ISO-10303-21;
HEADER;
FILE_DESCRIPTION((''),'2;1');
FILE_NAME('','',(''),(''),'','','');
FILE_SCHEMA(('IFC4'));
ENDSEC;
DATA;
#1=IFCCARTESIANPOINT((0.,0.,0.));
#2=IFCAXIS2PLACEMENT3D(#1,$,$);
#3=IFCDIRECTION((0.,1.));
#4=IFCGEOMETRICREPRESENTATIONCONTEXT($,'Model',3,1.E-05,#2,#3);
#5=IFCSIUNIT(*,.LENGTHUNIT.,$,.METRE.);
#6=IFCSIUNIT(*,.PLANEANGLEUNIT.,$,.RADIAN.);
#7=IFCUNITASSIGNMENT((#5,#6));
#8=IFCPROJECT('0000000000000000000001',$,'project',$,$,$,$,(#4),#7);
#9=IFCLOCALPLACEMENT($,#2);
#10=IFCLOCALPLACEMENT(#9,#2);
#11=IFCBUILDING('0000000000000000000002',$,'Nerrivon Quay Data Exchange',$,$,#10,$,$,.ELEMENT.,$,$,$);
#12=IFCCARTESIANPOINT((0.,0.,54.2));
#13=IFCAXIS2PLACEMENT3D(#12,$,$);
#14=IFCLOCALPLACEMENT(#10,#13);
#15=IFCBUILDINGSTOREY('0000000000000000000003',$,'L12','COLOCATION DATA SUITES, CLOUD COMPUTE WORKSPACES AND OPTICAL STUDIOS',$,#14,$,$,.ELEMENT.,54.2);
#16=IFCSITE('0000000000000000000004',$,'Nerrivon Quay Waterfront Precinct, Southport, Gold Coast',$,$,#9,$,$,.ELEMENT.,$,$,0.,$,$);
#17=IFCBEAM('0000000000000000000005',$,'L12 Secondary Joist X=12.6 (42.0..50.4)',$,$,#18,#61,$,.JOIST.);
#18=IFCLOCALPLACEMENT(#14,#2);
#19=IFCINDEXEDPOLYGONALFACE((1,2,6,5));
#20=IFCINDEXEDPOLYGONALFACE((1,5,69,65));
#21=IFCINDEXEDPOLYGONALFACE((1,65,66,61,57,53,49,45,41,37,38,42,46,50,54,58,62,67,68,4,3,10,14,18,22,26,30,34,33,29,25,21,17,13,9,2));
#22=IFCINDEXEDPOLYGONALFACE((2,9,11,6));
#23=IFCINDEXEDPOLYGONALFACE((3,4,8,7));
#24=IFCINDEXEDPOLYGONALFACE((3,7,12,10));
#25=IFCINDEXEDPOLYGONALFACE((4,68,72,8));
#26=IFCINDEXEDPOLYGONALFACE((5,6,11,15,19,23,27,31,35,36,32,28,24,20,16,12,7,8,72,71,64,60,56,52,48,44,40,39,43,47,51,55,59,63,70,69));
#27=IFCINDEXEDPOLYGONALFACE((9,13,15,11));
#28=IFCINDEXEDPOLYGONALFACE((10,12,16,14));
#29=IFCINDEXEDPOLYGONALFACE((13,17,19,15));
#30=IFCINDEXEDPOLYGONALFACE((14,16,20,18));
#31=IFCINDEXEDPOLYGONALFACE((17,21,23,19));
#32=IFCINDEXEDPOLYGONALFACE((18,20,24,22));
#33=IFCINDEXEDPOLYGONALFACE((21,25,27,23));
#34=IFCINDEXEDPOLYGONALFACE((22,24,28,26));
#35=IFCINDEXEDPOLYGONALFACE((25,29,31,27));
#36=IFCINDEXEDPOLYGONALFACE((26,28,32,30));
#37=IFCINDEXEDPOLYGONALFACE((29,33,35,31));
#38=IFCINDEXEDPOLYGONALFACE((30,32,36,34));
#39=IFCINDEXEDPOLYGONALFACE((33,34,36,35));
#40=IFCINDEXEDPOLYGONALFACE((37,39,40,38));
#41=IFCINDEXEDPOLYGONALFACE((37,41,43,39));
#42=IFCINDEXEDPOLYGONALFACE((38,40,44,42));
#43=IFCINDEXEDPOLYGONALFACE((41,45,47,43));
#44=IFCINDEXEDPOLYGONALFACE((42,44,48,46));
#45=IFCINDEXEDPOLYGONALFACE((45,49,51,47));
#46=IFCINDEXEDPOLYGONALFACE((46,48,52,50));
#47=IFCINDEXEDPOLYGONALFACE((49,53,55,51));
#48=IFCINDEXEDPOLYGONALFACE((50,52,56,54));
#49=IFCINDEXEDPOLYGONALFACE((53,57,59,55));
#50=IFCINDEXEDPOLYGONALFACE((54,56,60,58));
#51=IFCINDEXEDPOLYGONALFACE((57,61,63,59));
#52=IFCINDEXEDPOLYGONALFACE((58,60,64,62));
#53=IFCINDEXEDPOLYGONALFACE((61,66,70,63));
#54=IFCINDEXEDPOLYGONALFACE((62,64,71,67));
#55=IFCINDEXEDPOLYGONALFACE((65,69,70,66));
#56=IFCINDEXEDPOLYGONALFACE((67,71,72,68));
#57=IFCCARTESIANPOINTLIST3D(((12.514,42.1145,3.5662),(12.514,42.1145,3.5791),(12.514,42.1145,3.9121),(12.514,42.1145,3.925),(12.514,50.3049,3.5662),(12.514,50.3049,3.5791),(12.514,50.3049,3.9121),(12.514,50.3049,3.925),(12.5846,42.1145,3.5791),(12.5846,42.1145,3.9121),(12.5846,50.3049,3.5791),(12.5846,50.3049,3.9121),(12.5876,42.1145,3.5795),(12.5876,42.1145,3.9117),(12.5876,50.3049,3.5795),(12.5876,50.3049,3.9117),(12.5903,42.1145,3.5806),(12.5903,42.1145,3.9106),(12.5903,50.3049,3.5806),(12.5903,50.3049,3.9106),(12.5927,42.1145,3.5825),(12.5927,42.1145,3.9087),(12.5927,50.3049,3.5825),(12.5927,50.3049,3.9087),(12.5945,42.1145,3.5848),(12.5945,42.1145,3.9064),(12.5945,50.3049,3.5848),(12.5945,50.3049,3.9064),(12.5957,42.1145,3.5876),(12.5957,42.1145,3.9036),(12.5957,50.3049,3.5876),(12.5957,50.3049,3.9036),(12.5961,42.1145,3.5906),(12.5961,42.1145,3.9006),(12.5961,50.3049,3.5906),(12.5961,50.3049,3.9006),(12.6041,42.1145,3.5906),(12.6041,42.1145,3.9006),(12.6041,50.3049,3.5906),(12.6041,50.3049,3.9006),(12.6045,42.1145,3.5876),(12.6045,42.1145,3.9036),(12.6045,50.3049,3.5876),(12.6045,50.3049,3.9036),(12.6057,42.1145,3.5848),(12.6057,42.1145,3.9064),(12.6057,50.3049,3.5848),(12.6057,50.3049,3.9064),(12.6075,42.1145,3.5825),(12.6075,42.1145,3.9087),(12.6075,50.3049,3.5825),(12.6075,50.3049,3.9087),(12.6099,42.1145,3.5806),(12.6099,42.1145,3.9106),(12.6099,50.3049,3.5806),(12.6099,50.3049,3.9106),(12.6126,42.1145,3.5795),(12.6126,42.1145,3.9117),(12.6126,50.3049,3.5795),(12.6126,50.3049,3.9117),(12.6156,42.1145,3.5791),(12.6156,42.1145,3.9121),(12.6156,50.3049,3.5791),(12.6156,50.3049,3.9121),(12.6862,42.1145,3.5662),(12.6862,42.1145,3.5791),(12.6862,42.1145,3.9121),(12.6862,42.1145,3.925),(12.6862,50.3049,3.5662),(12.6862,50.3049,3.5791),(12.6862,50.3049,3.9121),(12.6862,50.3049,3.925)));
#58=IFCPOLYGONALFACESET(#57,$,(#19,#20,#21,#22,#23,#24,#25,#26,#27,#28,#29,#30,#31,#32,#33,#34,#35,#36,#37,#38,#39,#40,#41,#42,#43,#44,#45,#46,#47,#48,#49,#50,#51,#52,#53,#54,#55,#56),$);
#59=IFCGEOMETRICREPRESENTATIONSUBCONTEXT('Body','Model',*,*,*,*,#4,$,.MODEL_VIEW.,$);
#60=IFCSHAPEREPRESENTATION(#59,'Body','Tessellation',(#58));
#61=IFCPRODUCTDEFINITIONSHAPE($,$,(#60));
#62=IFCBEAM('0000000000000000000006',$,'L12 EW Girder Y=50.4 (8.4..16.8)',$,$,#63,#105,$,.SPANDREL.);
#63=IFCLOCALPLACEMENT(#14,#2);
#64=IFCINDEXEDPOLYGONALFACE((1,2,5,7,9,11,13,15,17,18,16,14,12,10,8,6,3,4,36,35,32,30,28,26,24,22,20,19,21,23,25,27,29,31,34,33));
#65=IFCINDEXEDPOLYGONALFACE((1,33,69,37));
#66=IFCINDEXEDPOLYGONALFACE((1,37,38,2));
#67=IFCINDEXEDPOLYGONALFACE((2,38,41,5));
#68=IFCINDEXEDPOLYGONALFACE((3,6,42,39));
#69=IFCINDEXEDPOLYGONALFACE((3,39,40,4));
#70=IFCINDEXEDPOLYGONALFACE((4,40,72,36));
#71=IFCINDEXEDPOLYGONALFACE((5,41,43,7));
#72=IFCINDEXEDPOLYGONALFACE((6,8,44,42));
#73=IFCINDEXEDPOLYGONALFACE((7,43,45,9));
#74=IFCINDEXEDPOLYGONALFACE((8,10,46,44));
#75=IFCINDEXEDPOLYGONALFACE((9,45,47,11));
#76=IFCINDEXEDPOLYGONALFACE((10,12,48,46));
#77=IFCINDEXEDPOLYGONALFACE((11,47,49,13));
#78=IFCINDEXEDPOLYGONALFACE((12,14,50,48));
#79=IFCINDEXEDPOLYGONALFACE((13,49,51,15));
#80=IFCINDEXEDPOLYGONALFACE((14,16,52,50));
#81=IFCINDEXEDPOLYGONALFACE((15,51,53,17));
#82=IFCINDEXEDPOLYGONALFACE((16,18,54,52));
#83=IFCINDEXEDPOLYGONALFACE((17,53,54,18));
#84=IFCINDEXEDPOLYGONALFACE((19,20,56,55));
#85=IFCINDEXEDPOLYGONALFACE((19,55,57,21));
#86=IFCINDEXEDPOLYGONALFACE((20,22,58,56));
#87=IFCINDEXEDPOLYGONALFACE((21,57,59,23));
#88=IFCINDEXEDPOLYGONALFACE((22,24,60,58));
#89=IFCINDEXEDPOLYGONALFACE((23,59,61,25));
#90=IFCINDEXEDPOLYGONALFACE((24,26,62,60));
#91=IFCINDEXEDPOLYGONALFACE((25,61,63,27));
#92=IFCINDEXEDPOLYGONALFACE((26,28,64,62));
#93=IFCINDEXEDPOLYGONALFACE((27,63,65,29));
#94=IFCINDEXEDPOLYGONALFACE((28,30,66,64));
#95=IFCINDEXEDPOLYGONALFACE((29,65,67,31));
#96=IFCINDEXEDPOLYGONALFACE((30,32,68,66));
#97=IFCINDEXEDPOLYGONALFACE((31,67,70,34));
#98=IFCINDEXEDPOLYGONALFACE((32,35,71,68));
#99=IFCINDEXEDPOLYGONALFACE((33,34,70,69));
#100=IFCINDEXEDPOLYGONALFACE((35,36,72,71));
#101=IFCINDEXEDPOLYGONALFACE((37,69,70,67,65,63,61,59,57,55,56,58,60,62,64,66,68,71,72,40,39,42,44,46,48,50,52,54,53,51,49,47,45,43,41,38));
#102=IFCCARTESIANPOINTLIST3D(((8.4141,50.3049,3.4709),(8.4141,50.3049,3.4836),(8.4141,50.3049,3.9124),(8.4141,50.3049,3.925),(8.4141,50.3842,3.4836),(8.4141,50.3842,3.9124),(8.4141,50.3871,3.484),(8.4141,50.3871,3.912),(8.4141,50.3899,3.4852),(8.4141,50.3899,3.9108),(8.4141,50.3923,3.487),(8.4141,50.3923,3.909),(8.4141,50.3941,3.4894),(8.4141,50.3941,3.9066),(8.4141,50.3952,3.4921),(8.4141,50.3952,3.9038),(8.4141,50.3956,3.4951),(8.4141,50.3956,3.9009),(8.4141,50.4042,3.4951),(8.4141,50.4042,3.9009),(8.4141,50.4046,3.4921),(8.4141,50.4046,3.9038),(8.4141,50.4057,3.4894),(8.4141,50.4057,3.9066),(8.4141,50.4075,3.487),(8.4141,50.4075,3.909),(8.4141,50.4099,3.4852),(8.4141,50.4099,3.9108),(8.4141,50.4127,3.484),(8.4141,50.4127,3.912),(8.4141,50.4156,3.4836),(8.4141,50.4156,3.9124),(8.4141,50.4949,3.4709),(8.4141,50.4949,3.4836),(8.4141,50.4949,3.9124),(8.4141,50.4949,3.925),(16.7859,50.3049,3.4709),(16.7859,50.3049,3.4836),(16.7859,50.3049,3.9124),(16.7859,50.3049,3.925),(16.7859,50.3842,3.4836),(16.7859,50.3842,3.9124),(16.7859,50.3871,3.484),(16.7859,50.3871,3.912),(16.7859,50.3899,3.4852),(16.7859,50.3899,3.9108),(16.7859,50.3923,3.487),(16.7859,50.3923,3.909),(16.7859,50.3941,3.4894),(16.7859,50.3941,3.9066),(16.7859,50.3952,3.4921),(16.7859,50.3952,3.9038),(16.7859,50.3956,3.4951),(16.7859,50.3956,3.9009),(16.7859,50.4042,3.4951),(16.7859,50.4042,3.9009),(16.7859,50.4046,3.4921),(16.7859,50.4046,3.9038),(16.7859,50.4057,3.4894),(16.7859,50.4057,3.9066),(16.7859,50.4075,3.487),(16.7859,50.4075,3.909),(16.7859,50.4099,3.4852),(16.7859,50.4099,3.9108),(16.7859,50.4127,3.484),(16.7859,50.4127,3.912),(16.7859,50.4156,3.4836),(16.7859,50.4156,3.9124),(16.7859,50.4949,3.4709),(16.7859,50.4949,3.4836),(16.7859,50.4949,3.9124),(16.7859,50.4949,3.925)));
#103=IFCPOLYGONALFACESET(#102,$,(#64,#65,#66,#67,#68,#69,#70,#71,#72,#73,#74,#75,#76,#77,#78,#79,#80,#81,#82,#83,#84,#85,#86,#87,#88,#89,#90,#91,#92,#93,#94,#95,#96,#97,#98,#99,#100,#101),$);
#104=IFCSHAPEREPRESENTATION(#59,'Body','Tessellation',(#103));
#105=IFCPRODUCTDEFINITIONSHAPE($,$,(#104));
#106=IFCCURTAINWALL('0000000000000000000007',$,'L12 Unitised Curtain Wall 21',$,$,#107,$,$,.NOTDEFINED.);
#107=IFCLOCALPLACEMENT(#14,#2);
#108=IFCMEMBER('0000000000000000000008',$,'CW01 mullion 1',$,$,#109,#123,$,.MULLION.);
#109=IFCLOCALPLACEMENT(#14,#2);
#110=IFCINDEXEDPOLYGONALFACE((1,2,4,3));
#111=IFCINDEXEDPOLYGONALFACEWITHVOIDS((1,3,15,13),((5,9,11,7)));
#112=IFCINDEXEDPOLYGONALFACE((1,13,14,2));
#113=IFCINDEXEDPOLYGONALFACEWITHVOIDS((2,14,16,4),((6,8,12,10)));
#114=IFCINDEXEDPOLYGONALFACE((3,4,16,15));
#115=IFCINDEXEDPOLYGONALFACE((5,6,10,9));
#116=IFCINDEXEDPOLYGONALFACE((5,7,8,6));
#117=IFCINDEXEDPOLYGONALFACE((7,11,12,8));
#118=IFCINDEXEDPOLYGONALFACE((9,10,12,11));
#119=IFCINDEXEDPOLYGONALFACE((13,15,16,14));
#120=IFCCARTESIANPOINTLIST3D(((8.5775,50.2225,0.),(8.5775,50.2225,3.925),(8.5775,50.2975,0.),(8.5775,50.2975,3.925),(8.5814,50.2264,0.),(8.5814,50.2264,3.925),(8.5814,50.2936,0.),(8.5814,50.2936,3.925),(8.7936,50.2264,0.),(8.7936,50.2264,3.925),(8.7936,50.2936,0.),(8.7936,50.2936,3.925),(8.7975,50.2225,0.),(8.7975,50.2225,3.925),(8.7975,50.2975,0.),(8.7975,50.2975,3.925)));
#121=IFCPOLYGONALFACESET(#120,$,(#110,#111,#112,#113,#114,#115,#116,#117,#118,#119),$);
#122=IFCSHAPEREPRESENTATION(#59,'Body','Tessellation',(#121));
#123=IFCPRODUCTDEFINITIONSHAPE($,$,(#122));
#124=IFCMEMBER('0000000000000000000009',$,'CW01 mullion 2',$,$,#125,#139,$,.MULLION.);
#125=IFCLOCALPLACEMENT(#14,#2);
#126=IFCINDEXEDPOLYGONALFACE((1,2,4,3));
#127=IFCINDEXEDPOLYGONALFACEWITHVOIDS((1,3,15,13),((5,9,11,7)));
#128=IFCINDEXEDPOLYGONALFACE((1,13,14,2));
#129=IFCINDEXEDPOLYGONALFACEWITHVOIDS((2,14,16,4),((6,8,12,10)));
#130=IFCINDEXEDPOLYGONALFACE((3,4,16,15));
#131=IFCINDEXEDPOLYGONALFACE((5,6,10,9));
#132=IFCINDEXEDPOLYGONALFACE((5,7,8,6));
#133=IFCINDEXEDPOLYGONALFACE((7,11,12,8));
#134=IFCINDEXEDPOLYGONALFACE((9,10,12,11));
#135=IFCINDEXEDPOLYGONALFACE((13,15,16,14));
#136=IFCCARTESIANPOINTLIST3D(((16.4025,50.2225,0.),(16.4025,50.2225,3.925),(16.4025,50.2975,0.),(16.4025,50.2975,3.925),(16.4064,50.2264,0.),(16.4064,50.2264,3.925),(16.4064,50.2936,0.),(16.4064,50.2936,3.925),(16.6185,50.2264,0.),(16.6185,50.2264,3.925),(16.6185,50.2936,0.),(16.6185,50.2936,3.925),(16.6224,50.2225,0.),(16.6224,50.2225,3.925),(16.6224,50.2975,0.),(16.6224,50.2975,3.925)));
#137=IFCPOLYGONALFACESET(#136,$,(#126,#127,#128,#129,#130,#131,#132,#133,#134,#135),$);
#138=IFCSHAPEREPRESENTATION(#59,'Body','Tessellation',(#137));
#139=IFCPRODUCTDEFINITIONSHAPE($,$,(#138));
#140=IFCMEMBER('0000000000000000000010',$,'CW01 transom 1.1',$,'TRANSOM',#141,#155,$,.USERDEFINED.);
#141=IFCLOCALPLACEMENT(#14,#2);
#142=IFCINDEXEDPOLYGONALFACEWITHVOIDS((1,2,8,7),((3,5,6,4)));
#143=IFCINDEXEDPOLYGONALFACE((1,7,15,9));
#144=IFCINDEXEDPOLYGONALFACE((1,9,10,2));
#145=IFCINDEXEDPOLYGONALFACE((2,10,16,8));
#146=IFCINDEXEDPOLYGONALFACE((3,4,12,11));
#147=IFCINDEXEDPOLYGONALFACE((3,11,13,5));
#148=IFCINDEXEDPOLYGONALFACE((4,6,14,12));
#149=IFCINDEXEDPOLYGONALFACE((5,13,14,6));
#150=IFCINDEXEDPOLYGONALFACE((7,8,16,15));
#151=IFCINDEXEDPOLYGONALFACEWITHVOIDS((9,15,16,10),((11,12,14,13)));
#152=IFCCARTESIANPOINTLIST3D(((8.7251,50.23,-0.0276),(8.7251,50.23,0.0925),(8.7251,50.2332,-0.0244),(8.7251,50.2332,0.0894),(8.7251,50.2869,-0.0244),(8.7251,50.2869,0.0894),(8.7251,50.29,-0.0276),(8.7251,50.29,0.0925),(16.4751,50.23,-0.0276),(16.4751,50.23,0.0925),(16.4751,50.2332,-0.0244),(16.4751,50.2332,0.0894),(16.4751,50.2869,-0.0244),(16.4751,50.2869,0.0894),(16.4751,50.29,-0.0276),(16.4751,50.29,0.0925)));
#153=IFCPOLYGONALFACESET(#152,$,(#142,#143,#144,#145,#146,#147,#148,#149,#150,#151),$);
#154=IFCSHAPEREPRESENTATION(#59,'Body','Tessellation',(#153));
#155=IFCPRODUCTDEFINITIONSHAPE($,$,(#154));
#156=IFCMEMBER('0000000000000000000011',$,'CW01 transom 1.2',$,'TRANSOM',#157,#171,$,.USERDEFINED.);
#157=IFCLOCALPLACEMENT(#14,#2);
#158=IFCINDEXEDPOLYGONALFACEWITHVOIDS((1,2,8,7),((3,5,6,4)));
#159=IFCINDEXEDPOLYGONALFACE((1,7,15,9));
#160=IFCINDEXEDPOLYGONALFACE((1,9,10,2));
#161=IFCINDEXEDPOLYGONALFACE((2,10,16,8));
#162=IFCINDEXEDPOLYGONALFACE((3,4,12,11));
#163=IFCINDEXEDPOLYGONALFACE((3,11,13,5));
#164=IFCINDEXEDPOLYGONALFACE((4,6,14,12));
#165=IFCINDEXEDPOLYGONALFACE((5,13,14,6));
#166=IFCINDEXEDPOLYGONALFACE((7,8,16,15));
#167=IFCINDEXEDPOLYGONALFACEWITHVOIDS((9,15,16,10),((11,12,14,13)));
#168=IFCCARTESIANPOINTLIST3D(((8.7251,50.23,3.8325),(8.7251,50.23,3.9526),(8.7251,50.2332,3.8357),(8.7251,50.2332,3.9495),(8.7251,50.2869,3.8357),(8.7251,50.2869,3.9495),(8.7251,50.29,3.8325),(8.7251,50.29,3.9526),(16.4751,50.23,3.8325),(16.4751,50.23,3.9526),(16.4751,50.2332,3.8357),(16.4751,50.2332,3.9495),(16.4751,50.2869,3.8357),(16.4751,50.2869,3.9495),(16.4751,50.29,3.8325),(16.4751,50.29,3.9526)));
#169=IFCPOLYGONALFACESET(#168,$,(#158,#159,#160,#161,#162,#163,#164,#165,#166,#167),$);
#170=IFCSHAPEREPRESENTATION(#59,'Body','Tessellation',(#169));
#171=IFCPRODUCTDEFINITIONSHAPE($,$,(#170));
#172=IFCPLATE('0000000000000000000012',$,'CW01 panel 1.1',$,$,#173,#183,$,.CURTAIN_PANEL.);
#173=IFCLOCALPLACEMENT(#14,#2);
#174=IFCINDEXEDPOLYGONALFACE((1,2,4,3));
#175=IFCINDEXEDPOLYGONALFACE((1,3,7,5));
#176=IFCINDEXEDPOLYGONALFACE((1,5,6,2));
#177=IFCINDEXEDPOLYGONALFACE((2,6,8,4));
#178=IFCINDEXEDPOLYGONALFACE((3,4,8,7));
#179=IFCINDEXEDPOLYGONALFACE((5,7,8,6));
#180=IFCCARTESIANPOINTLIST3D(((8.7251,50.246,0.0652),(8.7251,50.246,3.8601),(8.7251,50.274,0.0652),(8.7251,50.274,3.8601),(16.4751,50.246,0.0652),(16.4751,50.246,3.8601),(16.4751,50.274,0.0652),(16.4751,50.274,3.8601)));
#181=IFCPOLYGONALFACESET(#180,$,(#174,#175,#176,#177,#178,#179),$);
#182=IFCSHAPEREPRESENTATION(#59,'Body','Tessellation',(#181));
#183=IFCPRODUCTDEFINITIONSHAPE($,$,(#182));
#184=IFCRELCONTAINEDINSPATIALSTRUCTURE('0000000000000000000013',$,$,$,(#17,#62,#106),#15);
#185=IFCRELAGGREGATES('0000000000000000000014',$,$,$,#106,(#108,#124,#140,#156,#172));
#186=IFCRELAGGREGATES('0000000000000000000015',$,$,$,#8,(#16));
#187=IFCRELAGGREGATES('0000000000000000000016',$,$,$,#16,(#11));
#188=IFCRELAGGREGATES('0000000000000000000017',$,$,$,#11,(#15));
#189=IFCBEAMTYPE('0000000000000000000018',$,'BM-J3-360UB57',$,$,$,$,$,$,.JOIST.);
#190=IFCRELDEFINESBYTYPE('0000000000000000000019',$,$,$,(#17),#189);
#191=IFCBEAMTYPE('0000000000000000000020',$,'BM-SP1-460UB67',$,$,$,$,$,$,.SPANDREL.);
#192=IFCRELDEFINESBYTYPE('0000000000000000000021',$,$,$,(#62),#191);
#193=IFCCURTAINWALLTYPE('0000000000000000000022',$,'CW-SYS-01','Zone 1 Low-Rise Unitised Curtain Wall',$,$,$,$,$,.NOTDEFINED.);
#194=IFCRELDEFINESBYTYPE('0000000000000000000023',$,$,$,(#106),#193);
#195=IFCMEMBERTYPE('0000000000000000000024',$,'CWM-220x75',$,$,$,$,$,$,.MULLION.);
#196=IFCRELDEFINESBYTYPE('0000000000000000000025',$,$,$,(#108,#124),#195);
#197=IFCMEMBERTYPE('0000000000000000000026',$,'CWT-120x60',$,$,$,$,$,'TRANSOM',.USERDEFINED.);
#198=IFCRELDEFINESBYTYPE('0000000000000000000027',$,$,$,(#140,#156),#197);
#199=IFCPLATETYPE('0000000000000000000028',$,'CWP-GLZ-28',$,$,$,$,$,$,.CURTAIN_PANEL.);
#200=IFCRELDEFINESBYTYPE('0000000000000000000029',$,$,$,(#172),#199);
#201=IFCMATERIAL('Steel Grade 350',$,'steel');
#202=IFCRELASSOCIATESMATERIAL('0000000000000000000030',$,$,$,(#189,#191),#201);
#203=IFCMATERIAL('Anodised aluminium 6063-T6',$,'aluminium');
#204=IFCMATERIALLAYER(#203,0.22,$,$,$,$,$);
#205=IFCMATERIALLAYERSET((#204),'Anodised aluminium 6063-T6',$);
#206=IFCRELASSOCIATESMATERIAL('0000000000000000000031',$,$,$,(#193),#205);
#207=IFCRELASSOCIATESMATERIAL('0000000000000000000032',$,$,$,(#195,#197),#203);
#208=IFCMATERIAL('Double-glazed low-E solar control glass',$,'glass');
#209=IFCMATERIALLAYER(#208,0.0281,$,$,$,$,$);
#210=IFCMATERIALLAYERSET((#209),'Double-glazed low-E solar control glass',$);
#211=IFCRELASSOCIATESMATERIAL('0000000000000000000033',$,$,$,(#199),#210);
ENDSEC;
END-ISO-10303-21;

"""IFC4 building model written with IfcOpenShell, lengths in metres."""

from ifc_helpers import new_model, si_unit, direction, frame, origin, origin_2d, place, context, subcontext, project, spatial, rectangle, hollow_rectangle, i_section, extrude, material, layer, layer_set, material_profile, profile_set, type_object, element, aggregate, save


model = new_model("IFC4")

# Units and contexts
model_context = context("Model", 3, precision=1e-05, world=origin(), true_north=direction((0.0, 1.0)))
body_context = subcontext(model_context, "Body", "Model", "MODEL_VIEW")
ifc_project = project(units=[si_unit("LENGTHUNIT", "METRE"), si_unit("PLANEANGLEUNIT", "RADIAN")], contexts=[model_context])

# Site, building, storey
site_placement = place(None, origin())
site = spatial("IfcSite", under=ifc_project, at=site_placement, Name="Nerrivon Quay Waterfront Precinct, Southport, Gold Coast", CompositionType="ELEMENT", RefElevation=0.0)
building_placement = place(site_placement, origin())
building = spatial("IfcBuilding", under=site, at=building_placement, Name="Nerrivon Quay Data Exchange", CompositionType="ELEMENT")
storey_placement = place(building_placement, frame((0.0, 0.0, 54.2)))
storey = spatial("IfcBuildingStorey", under=building, at=storey_placement, Name="L12", Description="COLOCATION DATA SUITES, CLOUD COMPUTE WORKSPACES AND OPTICAL STUDIOS", CompositionType="ELEMENT", Elevation=54.2)

# Shared definitions
ifc_material_1 = material(Name="Steel Grade 350", Category="steel")

# Beams
ifc_material_profile_1 = material_profile(ifc_material_1, i_section(OverallWidth=0.1721, OverallDepth=0.3589, WebThickness=0.0081, FlangeThickness=0.0129, FilletRadius=0.0115, at=origin_2d()), Name="360UB56.7")
ifc_profile_set_1 = profile_set([ifc_material_profile_1], Name="Steel Grade 350")
beam_type_1 = type_object("IfcBeamType", Name="BM-J3-360UB57", PredefinedType="JOIST", material=ifc_profile_set_1)
beam_1_placement = place(storey_placement, frame((12.6001, 42.1145, 3.7456), z_axis=(0.0, 1.0, 0.0), x_axis=(-1.0, 0.0, 0.0)))
element("IfcBeam", 1, at=beam_1_placement, inside=storey, type_object=beam_type_1, Name="L12 Secondary Joist X=12.6 (42.0..50.4)", PredefinedType="JOIST", context=body_context, shape_type="SweptSolid", body=[
    extrude(i_section(OverallWidth=0.1721, OverallDepth=0.3589, WebThickness=0.0081, FlangeThickness=0.0129, FilletRadius=0.0115, at=origin_2d()), origin(), (0.0, 0.0, 1.0), 8.1904),
])
ifc_material_profile_2 = material_profile(ifc_material_1, i_section(OverallWidth=0.1899, OverallDepth=0.4541, WebThickness=0.0085, FlangeThickness=0.0127, FilletRadius=0.0115, at=origin_2d()), Name="460UB67.1")
ifc_profile_set_2 = profile_set([ifc_material_profile_2], Name="Steel Grade 350")
beam_type_2 = type_object("IfcBeamType", Name="BM-SP1-460UB67", PredefinedType="SPANDREL", material=ifc_profile_set_2)
beam_2_placement = place(storey_placement, frame((8.4141, 50.3999, 3.698), z_axis=(1.0, 0.0, 0.0), x_axis=(0.0, 1.0, 0.0)))
element("IfcBeam", 2, at=beam_2_placement, inside=storey, type_object=beam_type_2, Name="L12 EW Girder Y=50.4 (8.4..16.8)", PredefinedType="SPANDREL", context=body_context, shape_type="SweptSolid", body=[
    extrude(i_section(OverallWidth=0.1899, OverallDepth=0.4541, WebThickness=0.0085, FlangeThickness=0.0127, FilletRadius=0.0115, at=origin_2d()), origin(), (0.0, 0.0, 1.0), 8.3718),
])

# Curtain wall, members, plate
ifc_material_2 = material(Name="Anodised aluminium 6063-T6", Category="aluminium")
ifc_layer_1 = layer(ifc_material_2, 0.22)
ifc_layer_set_1 = layer_set([ifc_layer_1], Name="Anodised aluminium 6063-T6")
curtain_wall_type = type_object("IfcCurtainWallType", Name="CW-SYS-01", Description="Zone 1 Low-Rise Unitised Curtain Wall", PredefinedType="NOTDEFINED", material=ifc_layer_set_1)
curtain_wall_placement = place(storey_placement, origin())
curtain_wall = element("IfcCurtainWall", 3, at=curtain_wall_placement, inside=storey, type_object=curtain_wall_type, Name="L12 Unitised Curtain Wall 21", PredefinedType="NOTDEFINED")
ifc_material_profile_3 = material_profile(ifc_material_2, hollow_rectangle(XDim=0.075, YDim=0.22, WallThickness=0.0039, at=origin_2d()), Name="ALU-MULL-220x75")
ifc_profile_set_3 = profile_set([ifc_material_profile_3], Name="Anodised aluminium 6063-T6")
member_type_1 = type_object("IfcMemberType", Name="CWM-220x75", PredefinedType="MULLION", material=ifc_profile_set_3)
member_1_placement = place(storey_placement, frame((8.6875, 50.26, 0.0), z_axis=(0.0, 0.0, 1.0), x_axis=(0.0, 1.0, 0.0)))
member_1 = element("IfcMember", 4, at=member_1_placement, type_object=member_type_1, Name="CW01 mullion 1", PredefinedType="MULLION", context=body_context, shape_type="SweptSolid", body=[
    extrude(hollow_rectangle(XDim=0.075, YDim=0.22, WallThickness=0.0039, at=origin_2d()), origin(), (0.0, 0.0, 1.0), 3.925),
])
member_2_placement = place(storey_placement, frame((16.5125, 50.26, 0.0), z_axis=(0.0, 0.0, 1.0), x_axis=(0.0, 1.0, 0.0)))
member_2 = element("IfcMember", 5, at=member_2_placement, type_object=member_type_1, Name="CW01 mullion 2", PredefinedType="MULLION", context=body_context, shape_type="SweptSolid", body=[
    extrude(hollow_rectangle(XDim=0.075, YDim=0.22, WallThickness=0.0039, at=origin_2d()), origin(), (0.0, 0.0, 1.0), 3.925),
])
ifc_material_profile_4 = material_profile(ifc_material_2, hollow_rectangle(XDim=0.0601, YDim=0.1201, WallThickness=0.0032, at=origin_2d()), Name="ALU-TRAN-120x60")
ifc_profile_set_4 = profile_set([ifc_material_profile_4], Name="Anodised aluminium 6063-T6")
member_type_2 = type_object("IfcMemberType", Name="CWT-120x60", ElementType="TRANSOM", PredefinedType="USERDEFINED", material=ifc_profile_set_4)
member_3_placement = place(storey_placement, frame((8.7251, 50.26, 0.0325), z_axis=(1.0, 0.0, 0.0), x_axis=(0.0, 1.0, 0.0)))
member_3 = element("IfcMember", 6, at=member_3_placement, type_object=member_type_2, Name="CW01 transom 1.1", ObjectType="TRANSOM", PredefinedType="USERDEFINED", context=body_context, shape_type="SweptSolid", body=[
    extrude(hollow_rectangle(XDim=0.0601, YDim=0.1201, WallThickness=0.0032, at=origin_2d()), origin(), (0.0, 0.0, 1.0), 7.75),
])
member_4_placement = place(storey_placement, frame((8.7251, 50.26, 3.8926), z_axis=(1.0, 0.0, 0.0), x_axis=(0.0, 1.0, 0.0)))
member_4 = element("IfcMember", 7, at=member_4_placement, type_object=member_type_2, Name="CW01 transom 1.2", ObjectType="TRANSOM", PredefinedType="USERDEFINED", context=body_context, shape_type="SweptSolid", body=[
    extrude(hollow_rectangle(XDim=0.0601, YDim=0.1201, WallThickness=0.0032, at=origin_2d()), origin(), (0.0, 0.0, 1.0), 7.75),
])
ifc_material_3 = material(Name="Double-glazed low-E solar control glass", Category="glass")
ifc_layer_2 = layer(ifc_material_3, 0.0281)
ifc_layer_set_2 = layer_set([ifc_layer_2], Name="Double-glazed low-E solar control glass")
plate_type = type_object("IfcPlateType", Name="CWP-GLZ-28", PredefinedType="CURTAIN_PANEL", material=ifc_layer_set_2)
plate_placement = place(storey_placement, frame((12.6001, 50.26, 0.0652), z_axis=(0.0, 0.0, 1.0), x_axis=(1.0, 0.0, 0.0)))
plate = element("IfcPlate", 8, at=plate_placement, type_object=plate_type, Name="CW01 panel 1.1", PredefinedType="CURTAIN_PANEL", context=body_context, shape_type="SweptSolid", body=[
    extrude(rectangle(XDim=7.75, YDim=0.0281, at=origin_2d()), origin(), (0.0, 0.0, 1.0), 3.7949),
])
aggregate(curtain_wall, [member_1, member_2, member_3, member_4, plate])

save(model, "model.ifc")
